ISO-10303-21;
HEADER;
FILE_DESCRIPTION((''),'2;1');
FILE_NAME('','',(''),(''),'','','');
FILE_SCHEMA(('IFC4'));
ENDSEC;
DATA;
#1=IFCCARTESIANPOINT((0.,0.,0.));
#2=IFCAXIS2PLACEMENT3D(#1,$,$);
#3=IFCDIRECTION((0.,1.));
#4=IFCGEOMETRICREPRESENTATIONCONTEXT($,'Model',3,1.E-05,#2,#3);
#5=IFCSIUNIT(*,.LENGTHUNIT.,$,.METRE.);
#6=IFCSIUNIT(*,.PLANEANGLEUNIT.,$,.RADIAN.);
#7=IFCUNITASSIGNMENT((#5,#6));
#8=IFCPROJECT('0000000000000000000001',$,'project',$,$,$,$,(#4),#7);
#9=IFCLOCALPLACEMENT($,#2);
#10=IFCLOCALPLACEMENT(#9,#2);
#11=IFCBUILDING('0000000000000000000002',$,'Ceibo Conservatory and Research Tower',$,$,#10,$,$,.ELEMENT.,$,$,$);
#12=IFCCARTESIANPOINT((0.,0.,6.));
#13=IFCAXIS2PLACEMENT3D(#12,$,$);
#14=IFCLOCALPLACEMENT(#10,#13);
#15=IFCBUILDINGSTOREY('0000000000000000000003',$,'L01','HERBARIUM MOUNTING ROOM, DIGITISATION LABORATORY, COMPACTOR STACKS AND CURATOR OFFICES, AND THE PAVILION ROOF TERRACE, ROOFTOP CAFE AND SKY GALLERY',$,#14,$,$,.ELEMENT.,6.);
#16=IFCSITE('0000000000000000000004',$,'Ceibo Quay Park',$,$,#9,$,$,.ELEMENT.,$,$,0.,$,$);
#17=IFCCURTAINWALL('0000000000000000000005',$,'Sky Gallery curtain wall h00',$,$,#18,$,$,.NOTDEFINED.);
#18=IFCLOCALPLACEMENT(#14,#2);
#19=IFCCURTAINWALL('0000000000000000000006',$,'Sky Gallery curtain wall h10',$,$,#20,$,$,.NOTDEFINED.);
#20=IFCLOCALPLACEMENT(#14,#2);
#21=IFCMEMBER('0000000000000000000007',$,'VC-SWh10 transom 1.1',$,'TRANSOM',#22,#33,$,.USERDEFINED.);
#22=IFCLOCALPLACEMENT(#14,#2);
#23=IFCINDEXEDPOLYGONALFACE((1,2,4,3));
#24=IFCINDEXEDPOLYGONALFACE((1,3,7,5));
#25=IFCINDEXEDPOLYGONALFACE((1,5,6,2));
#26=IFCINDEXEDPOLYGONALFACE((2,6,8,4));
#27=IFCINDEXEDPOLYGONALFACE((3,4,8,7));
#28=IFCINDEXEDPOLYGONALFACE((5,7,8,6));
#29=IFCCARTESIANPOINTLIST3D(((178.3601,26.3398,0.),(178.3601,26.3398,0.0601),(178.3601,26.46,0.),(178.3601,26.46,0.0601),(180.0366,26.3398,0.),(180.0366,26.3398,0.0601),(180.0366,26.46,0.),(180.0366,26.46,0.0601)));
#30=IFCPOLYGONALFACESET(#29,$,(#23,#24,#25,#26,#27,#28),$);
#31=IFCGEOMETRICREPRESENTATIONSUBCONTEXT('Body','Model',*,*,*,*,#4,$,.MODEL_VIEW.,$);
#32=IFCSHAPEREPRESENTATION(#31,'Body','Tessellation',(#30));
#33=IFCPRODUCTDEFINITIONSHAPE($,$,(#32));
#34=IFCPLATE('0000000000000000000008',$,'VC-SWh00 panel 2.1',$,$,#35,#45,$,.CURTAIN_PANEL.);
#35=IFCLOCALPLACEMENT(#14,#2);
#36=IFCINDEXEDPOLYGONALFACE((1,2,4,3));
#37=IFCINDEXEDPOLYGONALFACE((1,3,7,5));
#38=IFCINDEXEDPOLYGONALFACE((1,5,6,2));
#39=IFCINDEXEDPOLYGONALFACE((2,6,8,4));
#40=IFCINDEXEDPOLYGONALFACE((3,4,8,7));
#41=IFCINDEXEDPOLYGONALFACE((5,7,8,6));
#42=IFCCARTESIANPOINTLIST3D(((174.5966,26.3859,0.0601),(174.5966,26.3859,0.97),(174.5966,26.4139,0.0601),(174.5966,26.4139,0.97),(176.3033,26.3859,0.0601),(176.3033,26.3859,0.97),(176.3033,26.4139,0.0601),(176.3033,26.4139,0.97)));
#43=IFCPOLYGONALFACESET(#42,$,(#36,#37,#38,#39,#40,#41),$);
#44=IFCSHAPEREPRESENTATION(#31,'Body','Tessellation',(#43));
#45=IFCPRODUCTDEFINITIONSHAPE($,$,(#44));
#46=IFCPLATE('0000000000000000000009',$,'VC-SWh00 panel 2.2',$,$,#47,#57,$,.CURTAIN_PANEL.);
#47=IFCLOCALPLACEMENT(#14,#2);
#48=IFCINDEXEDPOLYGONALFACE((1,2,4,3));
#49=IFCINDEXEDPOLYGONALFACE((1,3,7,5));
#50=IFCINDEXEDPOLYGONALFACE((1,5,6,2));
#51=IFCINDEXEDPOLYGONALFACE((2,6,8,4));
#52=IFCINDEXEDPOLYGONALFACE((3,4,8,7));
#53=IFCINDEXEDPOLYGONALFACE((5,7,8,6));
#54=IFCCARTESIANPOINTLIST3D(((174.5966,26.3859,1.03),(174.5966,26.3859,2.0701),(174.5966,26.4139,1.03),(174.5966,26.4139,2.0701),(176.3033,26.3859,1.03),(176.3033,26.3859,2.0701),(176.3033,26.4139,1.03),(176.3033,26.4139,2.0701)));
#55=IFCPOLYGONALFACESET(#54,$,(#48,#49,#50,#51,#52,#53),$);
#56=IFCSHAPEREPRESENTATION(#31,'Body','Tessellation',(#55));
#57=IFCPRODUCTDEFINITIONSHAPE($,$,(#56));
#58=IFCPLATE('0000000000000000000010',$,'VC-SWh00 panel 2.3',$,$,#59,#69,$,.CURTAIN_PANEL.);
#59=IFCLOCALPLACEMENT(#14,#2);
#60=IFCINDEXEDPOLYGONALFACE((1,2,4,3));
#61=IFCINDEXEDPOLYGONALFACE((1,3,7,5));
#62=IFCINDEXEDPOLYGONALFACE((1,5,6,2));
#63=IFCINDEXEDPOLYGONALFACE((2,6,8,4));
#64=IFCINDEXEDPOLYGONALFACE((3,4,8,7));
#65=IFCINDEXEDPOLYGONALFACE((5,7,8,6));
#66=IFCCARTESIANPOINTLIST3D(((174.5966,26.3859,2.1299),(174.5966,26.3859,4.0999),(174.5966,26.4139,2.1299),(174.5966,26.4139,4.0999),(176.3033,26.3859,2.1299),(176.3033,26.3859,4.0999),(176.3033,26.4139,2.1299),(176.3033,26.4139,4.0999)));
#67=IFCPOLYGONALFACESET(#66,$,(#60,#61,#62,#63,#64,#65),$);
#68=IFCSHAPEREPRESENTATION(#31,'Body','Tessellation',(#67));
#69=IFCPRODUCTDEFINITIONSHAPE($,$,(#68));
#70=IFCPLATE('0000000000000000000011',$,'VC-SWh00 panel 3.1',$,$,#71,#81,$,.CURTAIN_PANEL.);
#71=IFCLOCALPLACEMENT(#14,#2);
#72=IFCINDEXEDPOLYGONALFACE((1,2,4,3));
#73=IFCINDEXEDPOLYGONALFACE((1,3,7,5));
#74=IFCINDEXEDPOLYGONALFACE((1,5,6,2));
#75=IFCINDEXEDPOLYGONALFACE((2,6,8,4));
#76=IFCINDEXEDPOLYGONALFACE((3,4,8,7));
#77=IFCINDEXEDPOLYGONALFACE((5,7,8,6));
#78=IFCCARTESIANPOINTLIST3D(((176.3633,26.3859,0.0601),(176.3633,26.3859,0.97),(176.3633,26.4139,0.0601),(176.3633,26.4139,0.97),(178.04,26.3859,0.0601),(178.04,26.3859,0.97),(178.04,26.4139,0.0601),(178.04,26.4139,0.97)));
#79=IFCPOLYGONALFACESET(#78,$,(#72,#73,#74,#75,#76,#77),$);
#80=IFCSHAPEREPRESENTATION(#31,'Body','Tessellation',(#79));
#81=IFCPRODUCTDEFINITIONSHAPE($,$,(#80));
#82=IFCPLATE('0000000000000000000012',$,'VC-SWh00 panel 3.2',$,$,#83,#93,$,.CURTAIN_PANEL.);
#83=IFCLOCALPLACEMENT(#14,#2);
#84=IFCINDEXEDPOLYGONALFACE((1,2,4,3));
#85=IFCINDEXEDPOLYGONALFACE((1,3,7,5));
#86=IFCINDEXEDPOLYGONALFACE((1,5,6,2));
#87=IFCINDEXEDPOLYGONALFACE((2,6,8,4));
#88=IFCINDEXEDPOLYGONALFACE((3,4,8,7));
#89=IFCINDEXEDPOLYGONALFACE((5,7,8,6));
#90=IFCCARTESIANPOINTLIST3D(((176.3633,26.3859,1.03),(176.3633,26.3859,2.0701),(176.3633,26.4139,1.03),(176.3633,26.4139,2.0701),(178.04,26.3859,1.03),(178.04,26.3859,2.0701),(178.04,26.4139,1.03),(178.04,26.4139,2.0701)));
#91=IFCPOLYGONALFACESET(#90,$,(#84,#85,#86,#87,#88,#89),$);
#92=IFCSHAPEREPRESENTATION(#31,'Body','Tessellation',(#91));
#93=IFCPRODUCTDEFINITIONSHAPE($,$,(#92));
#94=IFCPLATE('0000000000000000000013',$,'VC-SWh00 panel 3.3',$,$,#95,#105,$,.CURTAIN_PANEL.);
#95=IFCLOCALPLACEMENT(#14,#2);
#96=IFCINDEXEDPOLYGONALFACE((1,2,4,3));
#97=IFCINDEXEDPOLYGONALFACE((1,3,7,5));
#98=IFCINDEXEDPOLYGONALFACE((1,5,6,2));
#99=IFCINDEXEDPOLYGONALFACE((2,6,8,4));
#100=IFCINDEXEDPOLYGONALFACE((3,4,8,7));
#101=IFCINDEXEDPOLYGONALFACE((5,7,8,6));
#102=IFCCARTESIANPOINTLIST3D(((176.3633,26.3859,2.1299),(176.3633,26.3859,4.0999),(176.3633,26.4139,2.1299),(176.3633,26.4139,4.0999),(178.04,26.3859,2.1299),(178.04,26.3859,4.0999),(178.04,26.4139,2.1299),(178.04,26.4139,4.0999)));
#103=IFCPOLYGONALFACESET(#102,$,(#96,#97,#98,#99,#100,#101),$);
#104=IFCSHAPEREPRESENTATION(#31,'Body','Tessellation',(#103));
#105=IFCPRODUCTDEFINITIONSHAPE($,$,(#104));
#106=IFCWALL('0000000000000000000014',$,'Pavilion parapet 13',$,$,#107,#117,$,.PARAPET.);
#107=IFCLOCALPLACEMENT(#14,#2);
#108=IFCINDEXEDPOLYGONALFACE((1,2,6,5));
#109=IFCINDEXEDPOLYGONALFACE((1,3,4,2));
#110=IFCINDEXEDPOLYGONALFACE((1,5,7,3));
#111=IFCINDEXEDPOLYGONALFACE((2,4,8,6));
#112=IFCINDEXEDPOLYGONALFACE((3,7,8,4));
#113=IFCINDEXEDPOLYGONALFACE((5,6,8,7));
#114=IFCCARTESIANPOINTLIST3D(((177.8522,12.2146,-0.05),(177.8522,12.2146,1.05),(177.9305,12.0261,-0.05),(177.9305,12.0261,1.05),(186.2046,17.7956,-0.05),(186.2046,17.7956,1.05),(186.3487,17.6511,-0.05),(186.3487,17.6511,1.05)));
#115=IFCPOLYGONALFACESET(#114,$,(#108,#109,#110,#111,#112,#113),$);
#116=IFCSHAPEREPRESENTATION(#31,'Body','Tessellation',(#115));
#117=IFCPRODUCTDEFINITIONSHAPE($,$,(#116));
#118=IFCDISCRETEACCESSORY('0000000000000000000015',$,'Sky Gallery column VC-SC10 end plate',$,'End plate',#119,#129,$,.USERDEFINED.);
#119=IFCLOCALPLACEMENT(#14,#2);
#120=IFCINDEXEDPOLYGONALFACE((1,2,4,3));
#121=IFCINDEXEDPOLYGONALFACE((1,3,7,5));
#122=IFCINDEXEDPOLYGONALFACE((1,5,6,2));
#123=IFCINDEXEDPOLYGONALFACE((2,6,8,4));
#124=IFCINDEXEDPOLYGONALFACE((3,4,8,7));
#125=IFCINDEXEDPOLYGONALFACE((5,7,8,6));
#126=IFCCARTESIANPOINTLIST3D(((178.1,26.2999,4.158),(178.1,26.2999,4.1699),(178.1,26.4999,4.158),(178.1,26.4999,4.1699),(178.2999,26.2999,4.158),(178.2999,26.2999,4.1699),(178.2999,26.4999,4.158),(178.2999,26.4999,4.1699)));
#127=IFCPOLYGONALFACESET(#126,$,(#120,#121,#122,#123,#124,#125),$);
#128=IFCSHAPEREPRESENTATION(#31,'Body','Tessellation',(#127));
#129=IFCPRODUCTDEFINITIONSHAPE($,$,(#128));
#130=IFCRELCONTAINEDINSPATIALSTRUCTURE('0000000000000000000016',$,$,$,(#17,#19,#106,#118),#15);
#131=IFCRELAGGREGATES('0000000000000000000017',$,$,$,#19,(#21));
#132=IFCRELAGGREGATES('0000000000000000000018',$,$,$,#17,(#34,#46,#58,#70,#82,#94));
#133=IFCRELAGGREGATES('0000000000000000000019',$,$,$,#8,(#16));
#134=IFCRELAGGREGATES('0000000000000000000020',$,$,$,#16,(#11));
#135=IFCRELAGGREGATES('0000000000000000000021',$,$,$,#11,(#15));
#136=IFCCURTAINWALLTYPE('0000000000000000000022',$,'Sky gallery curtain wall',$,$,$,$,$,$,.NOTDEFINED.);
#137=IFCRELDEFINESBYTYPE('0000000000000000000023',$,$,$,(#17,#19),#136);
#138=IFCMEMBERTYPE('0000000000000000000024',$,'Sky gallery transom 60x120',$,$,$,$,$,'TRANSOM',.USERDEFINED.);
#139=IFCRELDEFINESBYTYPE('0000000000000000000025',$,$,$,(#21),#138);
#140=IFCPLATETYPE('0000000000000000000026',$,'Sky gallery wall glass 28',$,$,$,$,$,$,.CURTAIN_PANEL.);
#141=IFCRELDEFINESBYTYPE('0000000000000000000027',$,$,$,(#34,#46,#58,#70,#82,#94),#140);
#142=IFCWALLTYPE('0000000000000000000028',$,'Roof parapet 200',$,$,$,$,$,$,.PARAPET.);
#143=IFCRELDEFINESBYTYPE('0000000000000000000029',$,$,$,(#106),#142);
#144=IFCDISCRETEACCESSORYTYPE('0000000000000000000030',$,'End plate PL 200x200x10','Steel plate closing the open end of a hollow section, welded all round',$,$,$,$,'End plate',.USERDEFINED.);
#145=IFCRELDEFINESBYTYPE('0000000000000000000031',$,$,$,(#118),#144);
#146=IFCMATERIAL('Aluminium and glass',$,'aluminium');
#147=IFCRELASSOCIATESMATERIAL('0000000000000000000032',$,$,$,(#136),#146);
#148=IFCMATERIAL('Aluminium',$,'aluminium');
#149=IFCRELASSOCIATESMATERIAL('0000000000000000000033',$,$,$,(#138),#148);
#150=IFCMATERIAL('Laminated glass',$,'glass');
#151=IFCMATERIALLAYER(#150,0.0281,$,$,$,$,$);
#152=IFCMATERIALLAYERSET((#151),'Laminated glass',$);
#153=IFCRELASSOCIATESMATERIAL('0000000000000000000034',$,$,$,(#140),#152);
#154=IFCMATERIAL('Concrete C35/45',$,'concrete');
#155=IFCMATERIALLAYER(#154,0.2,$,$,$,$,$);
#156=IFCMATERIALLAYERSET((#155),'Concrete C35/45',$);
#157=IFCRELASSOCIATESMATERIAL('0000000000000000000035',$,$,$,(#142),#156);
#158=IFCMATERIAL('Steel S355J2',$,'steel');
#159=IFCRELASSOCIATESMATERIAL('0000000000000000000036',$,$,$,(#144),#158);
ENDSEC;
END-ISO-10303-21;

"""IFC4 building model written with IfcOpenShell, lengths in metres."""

from ifc_helpers import new_model, si_unit, direction, frame, origin, origin_2d, place, context, subcontext, project, spatial, polyline, rectangle, outline, extrude, material, layer, layer_set, material_profile, profile_set, type_object, element, aggregate, save


model = new_model("IFC4")

# Units and contexts
model_context = context("Model", 3, precision=1e-05, world=origin(), true_north=direction((0.0, 1.0)))
body_context = subcontext(model_context, "Body", "Model", "MODEL_VIEW")
ifc_project = project(units=[si_unit("LENGTHUNIT", "METRE"), si_unit("PLANEANGLEUNIT", "RADIAN")], contexts=[model_context])

# Site, building, storey
site_placement = place(None, origin())
site = spatial("IfcSite", under=ifc_project, at=site_placement, Name="Ceibo Quay Park", CompositionType="ELEMENT", RefElevation=0.0)
building_placement = place(site_placement, origin())
building = spatial("IfcBuilding", under=site, at=building_placement, Name="Ceibo Conservatory and Research Tower", CompositionType="ELEMENT")
storey_placement = place(building_placement, frame((0.0, 0.0, 6.0)))
storey = spatial("IfcBuildingStorey", under=building, at=storey_placement, Name="L01", Description="HERBARIUM MOUNTING ROOM, DIGITISATION LABORATORY, COMPACTOR STACKS AND CURATOR OFFICES, AND THE PAVILION ROOF TERRACE, ROOFTOP CAFE AND SKY GALLERY", CompositionType="ELEMENT", Elevation=6.0)

# Shared definitions
ifc_material_1 = material(Name="Steel S355J2", Category="steel")

# Curtain wall
ifc_material_2 = material(Name="Aluminium and glass", Category="aluminium")
curtain_wall_type = type_object("IfcCurtainWallType", Name="Sky gallery curtain wall", PredefinedType="NOTDEFINED", material=ifc_material_2)
curtain_wall_1_placement = place(storey_placement, origin())
curtain_wall_1 = element("IfcCurtainWall", 1, at=curtain_wall_1_placement, inside=storey, type_object=curtain_wall_type, Name="Sky Gallery curtain wall h00", PredefinedType="NOTDEFINED")
ifc_material_3 = material(Name="Aluminium", Category="aluminium")

# Curtain wall
curtain_wall_2_placement = place(storey_placement, origin())
curtain_wall_2 = element("IfcCurtainWall", 2, at=curtain_wall_2_placement, inside=storey, type_object=curtain_wall_type, Name="Sky Gallery curtain wall h10", PredefinedType="NOTDEFINED")

# Member
ifc_material_profile_1 = material_profile(ifc_material_3, rectangle(XDim=0.1201, YDim=0.0601, at=origin_2d()), Name="AL 60x120")
ifc_profile_set_1 = profile_set([ifc_material_profile_1], Name="Aluminium")
member_type_1 = type_object("IfcMemberType", Name="Sky gallery transom 60x120", ElementType="TRANSOM", PredefinedType="USERDEFINED", material=ifc_profile_set_1)
member_1_placement = place(storey_placement, frame((178.3601, 26.3999, 0.03), z_axis=(1.0, 0.0, 0.0), x_axis=(0.0, 1.0, 0.0)))
member_1 = element("IfcMember", 3, at=member_1_placement, type_object=member_type_1, Name="VC-SWh10 transom 1.1", ObjectType="TRANSOM", PredefinedType="USERDEFINED", context=body_context, shape_type="SweptSolid", body=[
    extrude(rectangle(XDim=0.1201, YDim=0.0601, at=origin_2d()), origin(), (0.0, 0.0, 1.0), 1.6765),
])
aggregate(curtain_wall_2, [member_1])

# Plates
ifc_material_4 = material(Name="Laminated glass", Category="glass")
ifc_layer_1 = layer(ifc_material_4, 0.0281)
ifc_layer_set_1 = layer_set([ifc_layer_1], Name="Laminated glass")
plate_type = type_object("IfcPlateType", Name="Sky gallery wall glass 28", PredefinedType="CURTAIN_PANEL", material=ifc_layer_set_1)
plate_1_placement = place(storey_placement, frame((175.45, 26.3999, 0.0601), z_axis=(0.0, 0.0, 1.0), x_axis=(1.0, 0.0, 0.0)))
plate_1 = element("IfcPlate", 4, at=plate_1_placement, type_object=plate_type, Name="VC-SWh00 panel 2.1", PredefinedType="CURTAIN_PANEL", context=body_context, shape_type="SweptSolid", body=[
    extrude(rectangle(XDim=1.7068, YDim=0.0281, at=origin_2d()), origin(), (0.0, 0.0, 1.0), 0.9099),
])
plate_2_placement = place(storey_placement, frame((175.45, 26.3999, 1.03), z_axis=(0.0, 0.0, 1.0), x_axis=(1.0, 0.0, 0.0)))
plate_2 = element("IfcPlate", 5, at=plate_2_placement, type_object=plate_type, Name="VC-SWh00 panel 2.2", PredefinedType="CURTAIN_PANEL", context=body_context, shape_type="SweptSolid", body=[
    extrude(rectangle(XDim=1.7068, YDim=0.0281, at=origin_2d()), origin(), (0.0, 0.0, 1.0), 1.04),
])
plate_3_placement = place(storey_placement, frame((175.45, 26.3999, 2.1299), z_axis=(0.0, 0.0, 1.0), x_axis=(1.0, 0.0, 0.0)))
plate_3 = element("IfcPlate", 6, at=plate_3_placement, type_object=plate_type, Name="VC-SWh00 panel 2.3", PredefinedType="CURTAIN_PANEL", context=body_context, shape_type="SweptSolid", body=[
    extrude(rectangle(XDim=1.7068, YDim=0.0281, at=origin_2d()), origin(), (0.0, 0.0, 1.0), 1.97),
])
plate_4_placement = place(storey_placement, frame((177.2017, 26.3999, 0.0601), z_axis=(0.0, 0.0, 1.0), x_axis=(1.0, 0.0, 0.0)))
plate_4 = element("IfcPlate", 7, at=plate_4_placement, type_object=plate_type, Name="VC-SWh00 panel 3.1", PredefinedType="CURTAIN_PANEL", context=body_context, shape_type="SweptSolid", body=[
    extrude(rectangle(XDim=1.6768, YDim=0.0281, at=origin_2d()), origin(), (0.0, 0.0, 1.0), 0.9099),
])
plate_5_placement = place(storey_placement, frame((177.2017, 26.3999, 1.03), z_axis=(0.0, 0.0, 1.0), x_axis=(1.0, 0.0, 0.0)))
plate_5 = element("IfcPlate", 8, at=plate_5_placement, type_object=plate_type, Name="VC-SWh00 panel 3.2", PredefinedType="CURTAIN_PANEL", context=body_context, shape_type="SweptSolid", body=[
    extrude(rectangle(XDim=1.6768, YDim=0.0281, at=origin_2d()), origin(), (0.0, 0.0, 1.0), 1.04),
])
plate_6_placement = place(storey_placement, frame((177.2017, 26.3999, 2.1299), z_axis=(0.0, 0.0, 1.0), x_axis=(1.0, 0.0, 0.0)))
plate_6 = element("IfcPlate", 9, at=plate_6_placement, type_object=plate_type, Name="VC-SWh00 panel 3.3", PredefinedType="CURTAIN_PANEL", context=body_context, shape_type="SweptSolid", body=[
    extrude(rectangle(XDim=1.6768, YDim=0.0281, at=origin_2d()), origin(), (0.0, 0.0, 1.0), 1.97),
])
aggregate(curtain_wall_1, [plate_1, plate_2, plate_3, plate_4, plate_5, plate_6])

# Wall
ifc_material_5 = material(Name="Concrete C35/45", Category="concrete")
ifc_layer_2 = layer(ifc_material_5, 0.2)
ifc_layer_set_2 = layer_set([ifc_layer_2], Name="Concrete C35/45")
wall_type = type_object("IfcWallType", Name="Roof parapet 200", PredefinedType="PARAPET", material=ifc_layer_set_2)
wall_placement = place(storey_placement, frame((177.8914, 12.1204, -0.05), z_axis=(0.0, 0.0, 1.0), x_axis=(0.831461, 0.555583, 0.0)))
element("IfcWall", 10, at=wall_placement, inside=storey, type_object=wall_type, Name="Pavilion parapet 13", PredefinedType="PARAPET", context=body_context, shape_type="SweptSolid", body=[
    extrude(outline(polyline([(-0.0198, -0.1001), (10.1047, -0.1001), (10.0652, 0.1001), (0.0198, 0.1001), (-0.0198, -0.1001)])), origin(), (0.0, 0.0, 1.0), 1.1001),
])

# Discrete accessory
ifc_material_profile_2 = material_profile(ifc_material_1, rectangle(XDim=0.2, YDim=0.2, at=origin_2d()), Name="End plate PL 200x200x10")
ifc_profile_set_2 = profile_set([ifc_material_profile_2], Name="Steel S355J2")
discrete_accessory_type = type_object("IfcDiscreteAccessoryType", Name="End plate PL 200x200x10", Description="Steel plate closing the open end of a hollow section, welded all round", ElementType="End plate", PredefinedType="USERDEFINED", material=ifc_profile_set_2)
discrete_accessory_placement = place(storey_placement, frame((178.2, 26.3999, 4.158), z_axis=(0.0, 0.0, 1.0), x_axis=(1.0, 0.0, 0.0)))
element("IfcDiscreteAccessory", 11, at=discrete_accessory_placement, inside=storey, type_object=discrete_accessory_type, Name="Sky Gallery column VC-SC10 end plate", ObjectType="End plate", PredefinedType="USERDEFINED", context=body_context, shape_type="SweptSolid", body=[
    extrude(rectangle(XDim=0.2, YDim=0.2, at=origin_2d()), origin(), (0.0, 0.0, 1.0), 0.012),
])

save(model, "model.ifc")
